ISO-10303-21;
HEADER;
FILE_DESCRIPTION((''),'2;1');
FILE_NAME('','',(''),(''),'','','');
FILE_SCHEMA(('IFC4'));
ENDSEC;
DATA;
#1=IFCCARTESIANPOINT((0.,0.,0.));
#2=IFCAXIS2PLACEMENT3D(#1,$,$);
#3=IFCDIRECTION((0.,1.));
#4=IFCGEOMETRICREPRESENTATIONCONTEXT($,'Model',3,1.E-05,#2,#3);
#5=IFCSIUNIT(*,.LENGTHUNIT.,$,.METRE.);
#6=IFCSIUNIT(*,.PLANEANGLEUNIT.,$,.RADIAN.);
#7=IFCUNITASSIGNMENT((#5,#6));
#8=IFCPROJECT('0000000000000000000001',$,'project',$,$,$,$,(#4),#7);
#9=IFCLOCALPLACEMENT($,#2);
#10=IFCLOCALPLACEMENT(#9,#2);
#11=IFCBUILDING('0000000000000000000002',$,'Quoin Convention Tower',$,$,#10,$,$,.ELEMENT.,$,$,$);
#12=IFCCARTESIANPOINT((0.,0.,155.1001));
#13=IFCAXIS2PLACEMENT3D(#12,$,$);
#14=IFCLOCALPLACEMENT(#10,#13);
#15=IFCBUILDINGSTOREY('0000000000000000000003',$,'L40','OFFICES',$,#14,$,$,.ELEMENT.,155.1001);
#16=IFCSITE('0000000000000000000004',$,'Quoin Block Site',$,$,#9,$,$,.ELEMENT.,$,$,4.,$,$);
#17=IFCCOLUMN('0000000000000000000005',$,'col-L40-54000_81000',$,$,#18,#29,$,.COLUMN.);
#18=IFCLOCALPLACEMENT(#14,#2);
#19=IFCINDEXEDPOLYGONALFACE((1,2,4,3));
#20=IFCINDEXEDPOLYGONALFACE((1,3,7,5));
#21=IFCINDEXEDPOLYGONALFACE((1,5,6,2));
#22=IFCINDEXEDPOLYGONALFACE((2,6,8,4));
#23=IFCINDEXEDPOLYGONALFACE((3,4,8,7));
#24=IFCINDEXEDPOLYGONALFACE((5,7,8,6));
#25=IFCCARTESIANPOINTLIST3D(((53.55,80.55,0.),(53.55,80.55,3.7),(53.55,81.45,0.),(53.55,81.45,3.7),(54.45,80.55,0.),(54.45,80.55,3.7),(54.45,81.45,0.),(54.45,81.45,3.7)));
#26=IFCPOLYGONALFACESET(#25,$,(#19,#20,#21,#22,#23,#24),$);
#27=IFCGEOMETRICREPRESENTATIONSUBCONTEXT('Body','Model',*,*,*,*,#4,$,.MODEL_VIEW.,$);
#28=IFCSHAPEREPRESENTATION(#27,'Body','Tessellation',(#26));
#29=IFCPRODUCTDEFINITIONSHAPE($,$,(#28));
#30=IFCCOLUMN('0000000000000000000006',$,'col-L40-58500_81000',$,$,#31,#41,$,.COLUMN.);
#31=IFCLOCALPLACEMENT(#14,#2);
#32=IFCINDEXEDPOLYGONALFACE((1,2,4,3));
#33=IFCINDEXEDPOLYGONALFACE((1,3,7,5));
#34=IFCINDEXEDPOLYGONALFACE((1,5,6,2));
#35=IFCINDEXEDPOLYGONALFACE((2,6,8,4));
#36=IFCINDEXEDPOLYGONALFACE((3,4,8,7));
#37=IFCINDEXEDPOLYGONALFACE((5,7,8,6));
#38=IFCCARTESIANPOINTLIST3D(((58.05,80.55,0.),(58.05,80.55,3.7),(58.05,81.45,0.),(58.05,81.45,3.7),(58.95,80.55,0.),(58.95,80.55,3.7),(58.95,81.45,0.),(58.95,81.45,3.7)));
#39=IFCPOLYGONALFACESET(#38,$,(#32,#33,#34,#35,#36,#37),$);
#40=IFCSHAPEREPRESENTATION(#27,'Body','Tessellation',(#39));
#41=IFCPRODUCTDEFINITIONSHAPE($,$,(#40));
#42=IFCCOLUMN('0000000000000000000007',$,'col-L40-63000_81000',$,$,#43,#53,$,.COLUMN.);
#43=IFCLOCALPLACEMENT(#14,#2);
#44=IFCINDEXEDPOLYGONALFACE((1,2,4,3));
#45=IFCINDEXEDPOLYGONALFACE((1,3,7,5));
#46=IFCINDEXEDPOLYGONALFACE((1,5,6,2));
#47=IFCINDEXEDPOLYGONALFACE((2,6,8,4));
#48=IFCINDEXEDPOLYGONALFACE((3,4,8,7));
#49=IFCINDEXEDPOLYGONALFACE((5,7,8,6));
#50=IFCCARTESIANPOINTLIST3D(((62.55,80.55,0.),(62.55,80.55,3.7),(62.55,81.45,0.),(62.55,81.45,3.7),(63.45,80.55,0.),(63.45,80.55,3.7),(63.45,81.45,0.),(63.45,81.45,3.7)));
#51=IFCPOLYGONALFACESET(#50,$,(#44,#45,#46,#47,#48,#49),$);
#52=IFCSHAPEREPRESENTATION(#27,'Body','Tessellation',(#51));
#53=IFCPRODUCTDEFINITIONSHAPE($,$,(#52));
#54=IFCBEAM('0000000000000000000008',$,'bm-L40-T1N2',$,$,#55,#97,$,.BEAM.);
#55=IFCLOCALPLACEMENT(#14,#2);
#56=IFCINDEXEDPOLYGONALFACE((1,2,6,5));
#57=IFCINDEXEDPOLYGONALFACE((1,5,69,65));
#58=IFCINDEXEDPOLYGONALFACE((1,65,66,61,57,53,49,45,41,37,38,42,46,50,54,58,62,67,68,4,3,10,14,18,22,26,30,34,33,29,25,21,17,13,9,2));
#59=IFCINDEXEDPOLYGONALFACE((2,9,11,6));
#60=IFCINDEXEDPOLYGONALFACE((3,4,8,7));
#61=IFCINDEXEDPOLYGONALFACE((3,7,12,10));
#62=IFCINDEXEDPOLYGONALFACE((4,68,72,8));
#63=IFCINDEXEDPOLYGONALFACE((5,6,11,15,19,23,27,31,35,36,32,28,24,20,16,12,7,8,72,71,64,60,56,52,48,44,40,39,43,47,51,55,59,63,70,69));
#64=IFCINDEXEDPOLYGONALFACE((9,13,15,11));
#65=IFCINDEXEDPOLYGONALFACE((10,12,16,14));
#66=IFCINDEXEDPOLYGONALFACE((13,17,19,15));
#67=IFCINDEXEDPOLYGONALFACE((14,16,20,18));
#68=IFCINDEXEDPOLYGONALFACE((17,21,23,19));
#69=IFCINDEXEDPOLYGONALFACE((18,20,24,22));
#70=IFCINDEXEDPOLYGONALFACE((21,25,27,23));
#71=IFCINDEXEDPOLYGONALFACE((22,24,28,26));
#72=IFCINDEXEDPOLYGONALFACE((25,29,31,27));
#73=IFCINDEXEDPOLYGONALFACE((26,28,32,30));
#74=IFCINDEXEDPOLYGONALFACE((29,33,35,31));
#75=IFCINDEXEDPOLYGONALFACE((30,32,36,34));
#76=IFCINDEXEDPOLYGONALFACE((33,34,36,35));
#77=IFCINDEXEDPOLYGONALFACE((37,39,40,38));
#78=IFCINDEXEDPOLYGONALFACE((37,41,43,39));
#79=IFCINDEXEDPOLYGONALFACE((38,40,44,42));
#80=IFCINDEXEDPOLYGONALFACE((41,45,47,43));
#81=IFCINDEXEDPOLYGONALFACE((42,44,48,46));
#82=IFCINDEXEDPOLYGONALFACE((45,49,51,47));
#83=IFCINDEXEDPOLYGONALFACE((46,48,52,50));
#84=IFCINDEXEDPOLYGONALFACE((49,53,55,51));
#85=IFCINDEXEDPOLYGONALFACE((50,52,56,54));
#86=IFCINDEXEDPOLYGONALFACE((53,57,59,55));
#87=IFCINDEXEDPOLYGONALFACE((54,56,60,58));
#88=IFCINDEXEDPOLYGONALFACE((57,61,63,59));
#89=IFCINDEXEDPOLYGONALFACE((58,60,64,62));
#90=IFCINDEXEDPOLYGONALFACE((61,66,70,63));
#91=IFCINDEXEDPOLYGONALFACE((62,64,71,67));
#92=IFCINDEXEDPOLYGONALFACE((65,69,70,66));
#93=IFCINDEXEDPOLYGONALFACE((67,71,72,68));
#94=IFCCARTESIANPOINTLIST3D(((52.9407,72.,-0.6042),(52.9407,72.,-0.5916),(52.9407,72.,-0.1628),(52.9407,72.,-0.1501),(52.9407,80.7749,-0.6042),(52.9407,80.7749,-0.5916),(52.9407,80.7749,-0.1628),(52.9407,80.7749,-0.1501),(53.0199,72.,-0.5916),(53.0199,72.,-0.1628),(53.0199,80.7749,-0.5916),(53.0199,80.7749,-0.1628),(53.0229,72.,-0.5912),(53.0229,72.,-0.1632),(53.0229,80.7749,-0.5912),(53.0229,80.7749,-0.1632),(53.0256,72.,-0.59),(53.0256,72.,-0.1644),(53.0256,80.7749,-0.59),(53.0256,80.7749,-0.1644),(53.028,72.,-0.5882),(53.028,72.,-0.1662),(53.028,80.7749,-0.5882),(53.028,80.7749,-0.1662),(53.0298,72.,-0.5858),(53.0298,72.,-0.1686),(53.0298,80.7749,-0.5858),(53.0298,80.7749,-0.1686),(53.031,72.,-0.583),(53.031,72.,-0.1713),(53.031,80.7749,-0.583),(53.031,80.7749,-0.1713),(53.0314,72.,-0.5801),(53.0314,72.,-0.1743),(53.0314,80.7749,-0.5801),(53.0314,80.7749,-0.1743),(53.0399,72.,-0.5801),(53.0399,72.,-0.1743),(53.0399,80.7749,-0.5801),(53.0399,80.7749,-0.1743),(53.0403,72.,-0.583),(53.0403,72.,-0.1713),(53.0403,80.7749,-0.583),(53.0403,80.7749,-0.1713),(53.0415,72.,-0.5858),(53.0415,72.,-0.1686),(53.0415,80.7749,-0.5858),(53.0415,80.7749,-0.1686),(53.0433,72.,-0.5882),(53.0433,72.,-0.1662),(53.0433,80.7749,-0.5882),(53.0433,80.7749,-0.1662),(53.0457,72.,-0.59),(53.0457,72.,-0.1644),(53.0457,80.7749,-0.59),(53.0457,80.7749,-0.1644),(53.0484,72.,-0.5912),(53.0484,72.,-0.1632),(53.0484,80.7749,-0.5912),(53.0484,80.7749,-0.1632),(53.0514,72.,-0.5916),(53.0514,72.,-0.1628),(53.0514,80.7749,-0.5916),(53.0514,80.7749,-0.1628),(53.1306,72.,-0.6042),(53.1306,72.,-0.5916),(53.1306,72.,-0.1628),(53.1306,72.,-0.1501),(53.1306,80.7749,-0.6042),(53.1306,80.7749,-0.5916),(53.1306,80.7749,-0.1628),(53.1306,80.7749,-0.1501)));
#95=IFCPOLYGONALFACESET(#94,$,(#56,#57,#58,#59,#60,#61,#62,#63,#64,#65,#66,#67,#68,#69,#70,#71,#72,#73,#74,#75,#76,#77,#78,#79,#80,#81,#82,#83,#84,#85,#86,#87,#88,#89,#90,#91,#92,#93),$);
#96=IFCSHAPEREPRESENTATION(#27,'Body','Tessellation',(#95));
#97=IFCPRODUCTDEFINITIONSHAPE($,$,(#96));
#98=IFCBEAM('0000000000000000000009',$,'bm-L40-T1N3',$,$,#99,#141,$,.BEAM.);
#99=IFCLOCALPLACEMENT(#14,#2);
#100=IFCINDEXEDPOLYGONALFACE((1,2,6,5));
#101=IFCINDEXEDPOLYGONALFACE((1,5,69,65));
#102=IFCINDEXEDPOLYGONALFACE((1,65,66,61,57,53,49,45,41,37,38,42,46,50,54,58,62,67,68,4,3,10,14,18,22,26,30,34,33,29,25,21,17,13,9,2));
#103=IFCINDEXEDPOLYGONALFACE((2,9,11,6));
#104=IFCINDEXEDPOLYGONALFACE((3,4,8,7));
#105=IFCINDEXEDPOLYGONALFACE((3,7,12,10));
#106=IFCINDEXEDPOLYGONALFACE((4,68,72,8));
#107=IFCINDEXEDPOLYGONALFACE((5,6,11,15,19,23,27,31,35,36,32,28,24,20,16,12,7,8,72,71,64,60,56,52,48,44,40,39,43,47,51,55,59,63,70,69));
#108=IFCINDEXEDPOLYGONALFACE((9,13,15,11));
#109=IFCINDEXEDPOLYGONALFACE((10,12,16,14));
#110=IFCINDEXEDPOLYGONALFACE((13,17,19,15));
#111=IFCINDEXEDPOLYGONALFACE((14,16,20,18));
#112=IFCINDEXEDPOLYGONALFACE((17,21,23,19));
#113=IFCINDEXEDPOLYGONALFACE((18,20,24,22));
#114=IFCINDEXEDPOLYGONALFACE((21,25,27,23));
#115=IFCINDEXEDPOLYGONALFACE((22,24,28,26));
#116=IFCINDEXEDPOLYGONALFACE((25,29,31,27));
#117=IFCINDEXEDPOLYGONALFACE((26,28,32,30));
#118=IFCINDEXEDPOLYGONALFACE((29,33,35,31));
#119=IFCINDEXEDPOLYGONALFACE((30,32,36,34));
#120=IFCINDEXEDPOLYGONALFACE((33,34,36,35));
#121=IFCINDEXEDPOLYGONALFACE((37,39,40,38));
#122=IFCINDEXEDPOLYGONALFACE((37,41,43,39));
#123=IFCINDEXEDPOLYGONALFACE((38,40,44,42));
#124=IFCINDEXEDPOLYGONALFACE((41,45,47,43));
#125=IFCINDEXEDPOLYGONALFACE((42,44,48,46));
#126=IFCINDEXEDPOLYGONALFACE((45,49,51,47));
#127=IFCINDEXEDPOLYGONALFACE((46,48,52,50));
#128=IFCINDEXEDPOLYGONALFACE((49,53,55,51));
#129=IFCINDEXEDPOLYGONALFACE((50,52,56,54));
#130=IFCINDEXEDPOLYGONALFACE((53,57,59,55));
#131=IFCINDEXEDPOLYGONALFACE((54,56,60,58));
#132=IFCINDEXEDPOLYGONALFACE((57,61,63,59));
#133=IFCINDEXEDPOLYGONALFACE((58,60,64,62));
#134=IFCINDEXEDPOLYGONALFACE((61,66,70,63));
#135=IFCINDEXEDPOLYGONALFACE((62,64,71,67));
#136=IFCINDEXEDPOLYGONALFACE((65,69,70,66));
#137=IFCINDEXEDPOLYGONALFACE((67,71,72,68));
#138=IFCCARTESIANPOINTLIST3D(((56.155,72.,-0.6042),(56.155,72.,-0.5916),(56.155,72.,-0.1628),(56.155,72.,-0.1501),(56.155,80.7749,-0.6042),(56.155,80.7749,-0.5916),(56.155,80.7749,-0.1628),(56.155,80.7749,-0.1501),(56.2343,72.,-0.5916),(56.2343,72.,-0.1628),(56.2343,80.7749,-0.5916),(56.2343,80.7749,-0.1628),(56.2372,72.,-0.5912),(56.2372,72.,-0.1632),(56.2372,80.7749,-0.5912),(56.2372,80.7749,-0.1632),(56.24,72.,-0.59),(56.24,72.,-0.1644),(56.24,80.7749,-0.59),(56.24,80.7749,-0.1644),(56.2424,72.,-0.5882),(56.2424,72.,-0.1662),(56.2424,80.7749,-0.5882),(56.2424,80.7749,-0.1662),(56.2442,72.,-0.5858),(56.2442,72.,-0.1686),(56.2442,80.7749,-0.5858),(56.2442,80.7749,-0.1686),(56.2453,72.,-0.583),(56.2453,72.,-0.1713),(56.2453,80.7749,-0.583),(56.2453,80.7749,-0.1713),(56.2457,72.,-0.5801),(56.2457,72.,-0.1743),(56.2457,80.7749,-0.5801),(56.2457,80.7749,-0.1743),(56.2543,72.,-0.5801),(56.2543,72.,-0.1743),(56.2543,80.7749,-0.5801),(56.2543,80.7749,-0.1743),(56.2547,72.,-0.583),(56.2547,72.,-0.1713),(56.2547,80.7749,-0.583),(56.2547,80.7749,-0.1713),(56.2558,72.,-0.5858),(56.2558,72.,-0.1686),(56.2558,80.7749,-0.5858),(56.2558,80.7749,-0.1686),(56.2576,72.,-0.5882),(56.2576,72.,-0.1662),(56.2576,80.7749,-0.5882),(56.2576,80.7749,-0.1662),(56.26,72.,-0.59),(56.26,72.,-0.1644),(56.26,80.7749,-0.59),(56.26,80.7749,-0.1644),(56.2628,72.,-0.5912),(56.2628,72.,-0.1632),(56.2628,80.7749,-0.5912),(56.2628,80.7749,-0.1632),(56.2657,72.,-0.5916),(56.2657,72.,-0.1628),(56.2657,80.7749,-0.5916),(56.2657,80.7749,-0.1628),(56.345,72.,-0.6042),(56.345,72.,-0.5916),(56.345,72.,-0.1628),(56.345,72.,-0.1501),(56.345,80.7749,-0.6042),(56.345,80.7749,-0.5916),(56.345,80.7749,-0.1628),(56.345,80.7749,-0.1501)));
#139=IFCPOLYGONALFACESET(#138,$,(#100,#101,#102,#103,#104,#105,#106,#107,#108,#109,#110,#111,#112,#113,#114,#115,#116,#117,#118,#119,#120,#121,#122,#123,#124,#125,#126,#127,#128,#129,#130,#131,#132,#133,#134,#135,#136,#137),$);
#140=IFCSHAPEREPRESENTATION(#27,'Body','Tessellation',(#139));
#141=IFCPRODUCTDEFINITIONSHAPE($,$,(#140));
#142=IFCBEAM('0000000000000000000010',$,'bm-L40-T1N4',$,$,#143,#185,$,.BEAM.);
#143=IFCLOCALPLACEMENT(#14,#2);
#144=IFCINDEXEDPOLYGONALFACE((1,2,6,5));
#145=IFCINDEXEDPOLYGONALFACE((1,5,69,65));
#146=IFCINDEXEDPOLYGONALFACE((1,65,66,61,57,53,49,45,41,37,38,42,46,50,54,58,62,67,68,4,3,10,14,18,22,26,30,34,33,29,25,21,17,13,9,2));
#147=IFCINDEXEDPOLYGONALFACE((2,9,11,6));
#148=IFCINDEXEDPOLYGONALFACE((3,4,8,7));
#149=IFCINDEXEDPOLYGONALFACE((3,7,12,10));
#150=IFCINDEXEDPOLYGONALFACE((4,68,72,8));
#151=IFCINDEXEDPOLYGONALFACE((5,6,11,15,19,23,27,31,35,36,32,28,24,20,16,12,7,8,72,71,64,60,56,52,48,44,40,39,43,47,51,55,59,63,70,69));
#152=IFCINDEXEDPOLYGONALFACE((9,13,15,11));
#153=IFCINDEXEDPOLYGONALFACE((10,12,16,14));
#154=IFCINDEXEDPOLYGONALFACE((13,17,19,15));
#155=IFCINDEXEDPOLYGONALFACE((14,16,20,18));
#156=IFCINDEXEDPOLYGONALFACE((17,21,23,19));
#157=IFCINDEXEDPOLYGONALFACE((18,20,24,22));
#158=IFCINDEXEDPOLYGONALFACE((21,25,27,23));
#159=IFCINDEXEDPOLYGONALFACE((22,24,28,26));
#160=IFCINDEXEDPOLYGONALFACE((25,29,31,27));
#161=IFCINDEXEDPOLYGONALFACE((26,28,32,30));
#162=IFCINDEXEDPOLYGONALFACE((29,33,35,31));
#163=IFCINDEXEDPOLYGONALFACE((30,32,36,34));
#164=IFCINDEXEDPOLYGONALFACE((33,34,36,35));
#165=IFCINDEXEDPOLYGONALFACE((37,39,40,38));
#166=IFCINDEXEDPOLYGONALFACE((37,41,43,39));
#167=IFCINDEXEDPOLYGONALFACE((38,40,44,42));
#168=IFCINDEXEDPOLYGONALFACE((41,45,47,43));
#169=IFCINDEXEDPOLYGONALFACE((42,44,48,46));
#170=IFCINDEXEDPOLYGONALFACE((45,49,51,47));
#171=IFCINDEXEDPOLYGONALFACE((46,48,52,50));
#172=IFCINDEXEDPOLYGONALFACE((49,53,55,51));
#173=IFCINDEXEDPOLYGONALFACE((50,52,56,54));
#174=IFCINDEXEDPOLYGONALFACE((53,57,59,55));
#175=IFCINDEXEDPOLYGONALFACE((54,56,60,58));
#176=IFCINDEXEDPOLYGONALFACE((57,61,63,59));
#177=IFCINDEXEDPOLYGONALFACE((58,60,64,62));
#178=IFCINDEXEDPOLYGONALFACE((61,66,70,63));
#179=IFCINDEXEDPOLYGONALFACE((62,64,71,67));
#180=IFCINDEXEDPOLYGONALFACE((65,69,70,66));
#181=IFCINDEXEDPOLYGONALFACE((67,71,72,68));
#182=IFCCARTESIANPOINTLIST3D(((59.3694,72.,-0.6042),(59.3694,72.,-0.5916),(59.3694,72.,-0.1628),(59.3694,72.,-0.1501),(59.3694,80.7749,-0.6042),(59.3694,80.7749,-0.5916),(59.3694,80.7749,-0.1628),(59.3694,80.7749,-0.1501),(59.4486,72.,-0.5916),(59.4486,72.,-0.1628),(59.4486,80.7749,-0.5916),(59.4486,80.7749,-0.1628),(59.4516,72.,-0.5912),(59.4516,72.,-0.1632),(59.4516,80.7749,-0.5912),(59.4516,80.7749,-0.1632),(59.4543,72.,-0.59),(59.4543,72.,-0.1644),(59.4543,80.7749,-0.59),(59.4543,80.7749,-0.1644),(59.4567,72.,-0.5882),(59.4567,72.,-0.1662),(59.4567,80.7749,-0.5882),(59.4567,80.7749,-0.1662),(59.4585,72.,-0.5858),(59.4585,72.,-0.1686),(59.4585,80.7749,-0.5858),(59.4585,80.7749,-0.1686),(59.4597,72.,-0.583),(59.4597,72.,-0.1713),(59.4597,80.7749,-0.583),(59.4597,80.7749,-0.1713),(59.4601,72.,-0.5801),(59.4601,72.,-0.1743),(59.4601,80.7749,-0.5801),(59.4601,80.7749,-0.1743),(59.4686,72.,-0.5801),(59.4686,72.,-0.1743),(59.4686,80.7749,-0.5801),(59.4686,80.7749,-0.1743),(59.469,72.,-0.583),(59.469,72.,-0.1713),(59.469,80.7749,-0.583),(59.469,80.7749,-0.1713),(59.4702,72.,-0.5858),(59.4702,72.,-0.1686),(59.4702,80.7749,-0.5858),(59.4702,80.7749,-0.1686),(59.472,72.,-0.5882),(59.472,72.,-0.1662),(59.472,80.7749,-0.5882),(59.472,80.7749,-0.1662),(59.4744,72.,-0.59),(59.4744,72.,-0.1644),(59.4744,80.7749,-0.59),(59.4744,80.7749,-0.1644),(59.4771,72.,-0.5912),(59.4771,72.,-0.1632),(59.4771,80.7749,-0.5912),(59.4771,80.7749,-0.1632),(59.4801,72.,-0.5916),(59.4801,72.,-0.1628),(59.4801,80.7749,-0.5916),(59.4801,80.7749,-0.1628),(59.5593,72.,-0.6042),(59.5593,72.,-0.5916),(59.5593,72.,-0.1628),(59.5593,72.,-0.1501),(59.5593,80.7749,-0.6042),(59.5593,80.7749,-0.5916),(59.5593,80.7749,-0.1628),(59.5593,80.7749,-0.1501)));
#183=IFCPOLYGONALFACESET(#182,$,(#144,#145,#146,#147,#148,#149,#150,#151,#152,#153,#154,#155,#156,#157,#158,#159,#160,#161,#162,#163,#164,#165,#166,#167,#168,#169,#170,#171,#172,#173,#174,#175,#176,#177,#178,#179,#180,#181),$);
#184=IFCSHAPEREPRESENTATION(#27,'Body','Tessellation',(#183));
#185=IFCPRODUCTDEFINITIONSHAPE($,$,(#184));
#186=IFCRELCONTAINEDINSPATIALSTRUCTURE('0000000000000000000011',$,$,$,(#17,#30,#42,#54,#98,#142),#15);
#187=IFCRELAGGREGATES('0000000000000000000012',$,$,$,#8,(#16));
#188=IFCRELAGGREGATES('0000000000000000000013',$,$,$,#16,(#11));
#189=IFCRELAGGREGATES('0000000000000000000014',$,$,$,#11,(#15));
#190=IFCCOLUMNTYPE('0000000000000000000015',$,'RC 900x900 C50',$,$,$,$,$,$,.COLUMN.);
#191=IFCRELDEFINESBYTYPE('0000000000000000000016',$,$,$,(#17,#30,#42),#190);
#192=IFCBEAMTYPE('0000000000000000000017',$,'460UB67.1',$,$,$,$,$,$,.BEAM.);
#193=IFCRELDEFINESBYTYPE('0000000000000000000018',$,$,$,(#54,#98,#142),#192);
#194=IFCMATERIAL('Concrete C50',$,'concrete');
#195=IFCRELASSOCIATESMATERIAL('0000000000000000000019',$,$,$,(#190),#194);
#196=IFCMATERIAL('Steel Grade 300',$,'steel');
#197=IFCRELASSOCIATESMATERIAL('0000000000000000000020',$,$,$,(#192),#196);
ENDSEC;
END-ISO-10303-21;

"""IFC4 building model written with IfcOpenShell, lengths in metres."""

from ifc_helpers import new_model, si_unit, direction, frame, origin, origin_2d, place, context, subcontext, project, spatial, rectangle, i_section, extrude, material, material_profile, profile_set, type_object, element, save


model = new_model("IFC4")

# Units and contexts
model_context = context("Model", 3, precision=1e-05, world=origin(), true_north=direction((0.0, 1.0)))
body_context = subcontext(model_context, "Body", "Model", "MODEL_VIEW")
ifc_project = project(units=[si_unit("LENGTHUNIT", "METRE"), si_unit("PLANEANGLEUNIT", "RADIAN")], contexts=[model_context])

# Site, building, storey
site_placement = place(None, origin())
site = spatial("IfcSite", under=ifc_project, at=site_placement, Name="Quoin Block Site", CompositionType="ELEMENT", RefElevation=4.0)
building_placement = place(site_placement, origin())
building = spatial("IfcBuilding", under=site, at=building_placement, Name="Quoin Convention Tower", CompositionType="ELEMENT")
storey_placement = place(building_placement, frame((0.0, 0.0, 155.1001)))
storey = spatial("IfcBuildingStorey", under=building, at=storey_placement, Name="L40", Description="OFFICES", CompositionType="ELEMENT", Elevation=155.1001)

# Columns
ifc_material_1 = material(Name="Concrete C50", Category="concrete")
ifc_material_profile_1 = material_profile(ifc_material_1, rectangle(XDim=0.8999, YDim=0.8999, at=origin_2d()), Name="RC 900x900")
ifc_profile_set_1 = profile_set([ifc_material_profile_1], Name="Concrete C50")
column_type = type_object("IfcColumnType", Name="RC 900x900 C50", PredefinedType="COLUMN", material=ifc_profile_set_1)
for number, where, z_axis, x_axis, name in (
    (1, (54.0, 81.0, 0.0), (0.0, 0.0, 1.0), (1.0, 0.0, 0.0), "col-L40-54000_81000"),
    (2, (58.5, 81.0, 0.0), (0.0, 0.0, 1.0), (1.0, 0.0, 0.0), "col-L40-58500_81000"),
    (3, (63.0, 81.0, 0.0), (0.0, 0.0, 1.0), (1.0, 0.0, 0.0), "col-L40-63000_81000"),
):
    element("IfcColumn", number, at=place(storey_placement, frame(where, z_axis=z_axis, x_axis=x_axis)), inside=storey, type_object=column_type, Name=name, PredefinedType="COLUMN", context=body_context, shape_type="SweptSolid", body=[
        extrude(rectangle(XDim=0.8999, YDim=0.8999, at=origin_2d()), origin(), (0.0, 0.0, 1.0), 3.7),
    ])

# Beams
ifc_material_2 = material(Name="Steel Grade 300", Category="steel")
ifc_material_profile_2 = material_profile(ifc_material_2, i_section(OverallWidth=0.1899, OverallDepth=0.4541, WebThickness=0.0085, FlangeThickness=0.0127, FilletRadius=0.0115, at=origin_2d()), Name="460UB67.1")
ifc_profile_set_2 = profile_set([ifc_material_profile_2], Name="Steel Grade 300")
beam_type_1 = type_object("IfcBeamType", Name="460UB67.1", PredefinedType="BEAM", material=ifc_profile_set_2)
for number, where, z_axis, x_axis, name in (
    (4, (53.0356, 72.0, -0.3772), (0.0, 1.0, 0.0), (-1.0, 0.0, 0.0), "bm-L40-T1N2"),
    (5, (56.25, 72.0, -0.3772), (0.0, 1.0, 0.0), (-1.0, 0.0, 0.0), "bm-L40-T1N3"),
    (6, (59.4644, 72.0, -0.3772), (0.0, 1.0, 0.0), (-1.0, 0.0, 0.0), "bm-L40-T1N4"),
):
    element("IfcBeam", number, at=place(storey_placement, frame(where, z_axis=z_axis, x_axis=x_axis)), inside=storey, type_object=beam_type_1, Name=name, PredefinedType="BEAM", context=body_context, shape_type="SweptSolid", body=[
        extrude(i_section(OverallWidth=0.1899, OverallDepth=0.4541, WebThickness=0.0085, FlangeThickness=0.0127, FilletRadius=0.0115, at=origin_2d()), origin(), (0.0, 0.0, 1.0), 8.7749),
    ])

save(model, "model.ifc")
